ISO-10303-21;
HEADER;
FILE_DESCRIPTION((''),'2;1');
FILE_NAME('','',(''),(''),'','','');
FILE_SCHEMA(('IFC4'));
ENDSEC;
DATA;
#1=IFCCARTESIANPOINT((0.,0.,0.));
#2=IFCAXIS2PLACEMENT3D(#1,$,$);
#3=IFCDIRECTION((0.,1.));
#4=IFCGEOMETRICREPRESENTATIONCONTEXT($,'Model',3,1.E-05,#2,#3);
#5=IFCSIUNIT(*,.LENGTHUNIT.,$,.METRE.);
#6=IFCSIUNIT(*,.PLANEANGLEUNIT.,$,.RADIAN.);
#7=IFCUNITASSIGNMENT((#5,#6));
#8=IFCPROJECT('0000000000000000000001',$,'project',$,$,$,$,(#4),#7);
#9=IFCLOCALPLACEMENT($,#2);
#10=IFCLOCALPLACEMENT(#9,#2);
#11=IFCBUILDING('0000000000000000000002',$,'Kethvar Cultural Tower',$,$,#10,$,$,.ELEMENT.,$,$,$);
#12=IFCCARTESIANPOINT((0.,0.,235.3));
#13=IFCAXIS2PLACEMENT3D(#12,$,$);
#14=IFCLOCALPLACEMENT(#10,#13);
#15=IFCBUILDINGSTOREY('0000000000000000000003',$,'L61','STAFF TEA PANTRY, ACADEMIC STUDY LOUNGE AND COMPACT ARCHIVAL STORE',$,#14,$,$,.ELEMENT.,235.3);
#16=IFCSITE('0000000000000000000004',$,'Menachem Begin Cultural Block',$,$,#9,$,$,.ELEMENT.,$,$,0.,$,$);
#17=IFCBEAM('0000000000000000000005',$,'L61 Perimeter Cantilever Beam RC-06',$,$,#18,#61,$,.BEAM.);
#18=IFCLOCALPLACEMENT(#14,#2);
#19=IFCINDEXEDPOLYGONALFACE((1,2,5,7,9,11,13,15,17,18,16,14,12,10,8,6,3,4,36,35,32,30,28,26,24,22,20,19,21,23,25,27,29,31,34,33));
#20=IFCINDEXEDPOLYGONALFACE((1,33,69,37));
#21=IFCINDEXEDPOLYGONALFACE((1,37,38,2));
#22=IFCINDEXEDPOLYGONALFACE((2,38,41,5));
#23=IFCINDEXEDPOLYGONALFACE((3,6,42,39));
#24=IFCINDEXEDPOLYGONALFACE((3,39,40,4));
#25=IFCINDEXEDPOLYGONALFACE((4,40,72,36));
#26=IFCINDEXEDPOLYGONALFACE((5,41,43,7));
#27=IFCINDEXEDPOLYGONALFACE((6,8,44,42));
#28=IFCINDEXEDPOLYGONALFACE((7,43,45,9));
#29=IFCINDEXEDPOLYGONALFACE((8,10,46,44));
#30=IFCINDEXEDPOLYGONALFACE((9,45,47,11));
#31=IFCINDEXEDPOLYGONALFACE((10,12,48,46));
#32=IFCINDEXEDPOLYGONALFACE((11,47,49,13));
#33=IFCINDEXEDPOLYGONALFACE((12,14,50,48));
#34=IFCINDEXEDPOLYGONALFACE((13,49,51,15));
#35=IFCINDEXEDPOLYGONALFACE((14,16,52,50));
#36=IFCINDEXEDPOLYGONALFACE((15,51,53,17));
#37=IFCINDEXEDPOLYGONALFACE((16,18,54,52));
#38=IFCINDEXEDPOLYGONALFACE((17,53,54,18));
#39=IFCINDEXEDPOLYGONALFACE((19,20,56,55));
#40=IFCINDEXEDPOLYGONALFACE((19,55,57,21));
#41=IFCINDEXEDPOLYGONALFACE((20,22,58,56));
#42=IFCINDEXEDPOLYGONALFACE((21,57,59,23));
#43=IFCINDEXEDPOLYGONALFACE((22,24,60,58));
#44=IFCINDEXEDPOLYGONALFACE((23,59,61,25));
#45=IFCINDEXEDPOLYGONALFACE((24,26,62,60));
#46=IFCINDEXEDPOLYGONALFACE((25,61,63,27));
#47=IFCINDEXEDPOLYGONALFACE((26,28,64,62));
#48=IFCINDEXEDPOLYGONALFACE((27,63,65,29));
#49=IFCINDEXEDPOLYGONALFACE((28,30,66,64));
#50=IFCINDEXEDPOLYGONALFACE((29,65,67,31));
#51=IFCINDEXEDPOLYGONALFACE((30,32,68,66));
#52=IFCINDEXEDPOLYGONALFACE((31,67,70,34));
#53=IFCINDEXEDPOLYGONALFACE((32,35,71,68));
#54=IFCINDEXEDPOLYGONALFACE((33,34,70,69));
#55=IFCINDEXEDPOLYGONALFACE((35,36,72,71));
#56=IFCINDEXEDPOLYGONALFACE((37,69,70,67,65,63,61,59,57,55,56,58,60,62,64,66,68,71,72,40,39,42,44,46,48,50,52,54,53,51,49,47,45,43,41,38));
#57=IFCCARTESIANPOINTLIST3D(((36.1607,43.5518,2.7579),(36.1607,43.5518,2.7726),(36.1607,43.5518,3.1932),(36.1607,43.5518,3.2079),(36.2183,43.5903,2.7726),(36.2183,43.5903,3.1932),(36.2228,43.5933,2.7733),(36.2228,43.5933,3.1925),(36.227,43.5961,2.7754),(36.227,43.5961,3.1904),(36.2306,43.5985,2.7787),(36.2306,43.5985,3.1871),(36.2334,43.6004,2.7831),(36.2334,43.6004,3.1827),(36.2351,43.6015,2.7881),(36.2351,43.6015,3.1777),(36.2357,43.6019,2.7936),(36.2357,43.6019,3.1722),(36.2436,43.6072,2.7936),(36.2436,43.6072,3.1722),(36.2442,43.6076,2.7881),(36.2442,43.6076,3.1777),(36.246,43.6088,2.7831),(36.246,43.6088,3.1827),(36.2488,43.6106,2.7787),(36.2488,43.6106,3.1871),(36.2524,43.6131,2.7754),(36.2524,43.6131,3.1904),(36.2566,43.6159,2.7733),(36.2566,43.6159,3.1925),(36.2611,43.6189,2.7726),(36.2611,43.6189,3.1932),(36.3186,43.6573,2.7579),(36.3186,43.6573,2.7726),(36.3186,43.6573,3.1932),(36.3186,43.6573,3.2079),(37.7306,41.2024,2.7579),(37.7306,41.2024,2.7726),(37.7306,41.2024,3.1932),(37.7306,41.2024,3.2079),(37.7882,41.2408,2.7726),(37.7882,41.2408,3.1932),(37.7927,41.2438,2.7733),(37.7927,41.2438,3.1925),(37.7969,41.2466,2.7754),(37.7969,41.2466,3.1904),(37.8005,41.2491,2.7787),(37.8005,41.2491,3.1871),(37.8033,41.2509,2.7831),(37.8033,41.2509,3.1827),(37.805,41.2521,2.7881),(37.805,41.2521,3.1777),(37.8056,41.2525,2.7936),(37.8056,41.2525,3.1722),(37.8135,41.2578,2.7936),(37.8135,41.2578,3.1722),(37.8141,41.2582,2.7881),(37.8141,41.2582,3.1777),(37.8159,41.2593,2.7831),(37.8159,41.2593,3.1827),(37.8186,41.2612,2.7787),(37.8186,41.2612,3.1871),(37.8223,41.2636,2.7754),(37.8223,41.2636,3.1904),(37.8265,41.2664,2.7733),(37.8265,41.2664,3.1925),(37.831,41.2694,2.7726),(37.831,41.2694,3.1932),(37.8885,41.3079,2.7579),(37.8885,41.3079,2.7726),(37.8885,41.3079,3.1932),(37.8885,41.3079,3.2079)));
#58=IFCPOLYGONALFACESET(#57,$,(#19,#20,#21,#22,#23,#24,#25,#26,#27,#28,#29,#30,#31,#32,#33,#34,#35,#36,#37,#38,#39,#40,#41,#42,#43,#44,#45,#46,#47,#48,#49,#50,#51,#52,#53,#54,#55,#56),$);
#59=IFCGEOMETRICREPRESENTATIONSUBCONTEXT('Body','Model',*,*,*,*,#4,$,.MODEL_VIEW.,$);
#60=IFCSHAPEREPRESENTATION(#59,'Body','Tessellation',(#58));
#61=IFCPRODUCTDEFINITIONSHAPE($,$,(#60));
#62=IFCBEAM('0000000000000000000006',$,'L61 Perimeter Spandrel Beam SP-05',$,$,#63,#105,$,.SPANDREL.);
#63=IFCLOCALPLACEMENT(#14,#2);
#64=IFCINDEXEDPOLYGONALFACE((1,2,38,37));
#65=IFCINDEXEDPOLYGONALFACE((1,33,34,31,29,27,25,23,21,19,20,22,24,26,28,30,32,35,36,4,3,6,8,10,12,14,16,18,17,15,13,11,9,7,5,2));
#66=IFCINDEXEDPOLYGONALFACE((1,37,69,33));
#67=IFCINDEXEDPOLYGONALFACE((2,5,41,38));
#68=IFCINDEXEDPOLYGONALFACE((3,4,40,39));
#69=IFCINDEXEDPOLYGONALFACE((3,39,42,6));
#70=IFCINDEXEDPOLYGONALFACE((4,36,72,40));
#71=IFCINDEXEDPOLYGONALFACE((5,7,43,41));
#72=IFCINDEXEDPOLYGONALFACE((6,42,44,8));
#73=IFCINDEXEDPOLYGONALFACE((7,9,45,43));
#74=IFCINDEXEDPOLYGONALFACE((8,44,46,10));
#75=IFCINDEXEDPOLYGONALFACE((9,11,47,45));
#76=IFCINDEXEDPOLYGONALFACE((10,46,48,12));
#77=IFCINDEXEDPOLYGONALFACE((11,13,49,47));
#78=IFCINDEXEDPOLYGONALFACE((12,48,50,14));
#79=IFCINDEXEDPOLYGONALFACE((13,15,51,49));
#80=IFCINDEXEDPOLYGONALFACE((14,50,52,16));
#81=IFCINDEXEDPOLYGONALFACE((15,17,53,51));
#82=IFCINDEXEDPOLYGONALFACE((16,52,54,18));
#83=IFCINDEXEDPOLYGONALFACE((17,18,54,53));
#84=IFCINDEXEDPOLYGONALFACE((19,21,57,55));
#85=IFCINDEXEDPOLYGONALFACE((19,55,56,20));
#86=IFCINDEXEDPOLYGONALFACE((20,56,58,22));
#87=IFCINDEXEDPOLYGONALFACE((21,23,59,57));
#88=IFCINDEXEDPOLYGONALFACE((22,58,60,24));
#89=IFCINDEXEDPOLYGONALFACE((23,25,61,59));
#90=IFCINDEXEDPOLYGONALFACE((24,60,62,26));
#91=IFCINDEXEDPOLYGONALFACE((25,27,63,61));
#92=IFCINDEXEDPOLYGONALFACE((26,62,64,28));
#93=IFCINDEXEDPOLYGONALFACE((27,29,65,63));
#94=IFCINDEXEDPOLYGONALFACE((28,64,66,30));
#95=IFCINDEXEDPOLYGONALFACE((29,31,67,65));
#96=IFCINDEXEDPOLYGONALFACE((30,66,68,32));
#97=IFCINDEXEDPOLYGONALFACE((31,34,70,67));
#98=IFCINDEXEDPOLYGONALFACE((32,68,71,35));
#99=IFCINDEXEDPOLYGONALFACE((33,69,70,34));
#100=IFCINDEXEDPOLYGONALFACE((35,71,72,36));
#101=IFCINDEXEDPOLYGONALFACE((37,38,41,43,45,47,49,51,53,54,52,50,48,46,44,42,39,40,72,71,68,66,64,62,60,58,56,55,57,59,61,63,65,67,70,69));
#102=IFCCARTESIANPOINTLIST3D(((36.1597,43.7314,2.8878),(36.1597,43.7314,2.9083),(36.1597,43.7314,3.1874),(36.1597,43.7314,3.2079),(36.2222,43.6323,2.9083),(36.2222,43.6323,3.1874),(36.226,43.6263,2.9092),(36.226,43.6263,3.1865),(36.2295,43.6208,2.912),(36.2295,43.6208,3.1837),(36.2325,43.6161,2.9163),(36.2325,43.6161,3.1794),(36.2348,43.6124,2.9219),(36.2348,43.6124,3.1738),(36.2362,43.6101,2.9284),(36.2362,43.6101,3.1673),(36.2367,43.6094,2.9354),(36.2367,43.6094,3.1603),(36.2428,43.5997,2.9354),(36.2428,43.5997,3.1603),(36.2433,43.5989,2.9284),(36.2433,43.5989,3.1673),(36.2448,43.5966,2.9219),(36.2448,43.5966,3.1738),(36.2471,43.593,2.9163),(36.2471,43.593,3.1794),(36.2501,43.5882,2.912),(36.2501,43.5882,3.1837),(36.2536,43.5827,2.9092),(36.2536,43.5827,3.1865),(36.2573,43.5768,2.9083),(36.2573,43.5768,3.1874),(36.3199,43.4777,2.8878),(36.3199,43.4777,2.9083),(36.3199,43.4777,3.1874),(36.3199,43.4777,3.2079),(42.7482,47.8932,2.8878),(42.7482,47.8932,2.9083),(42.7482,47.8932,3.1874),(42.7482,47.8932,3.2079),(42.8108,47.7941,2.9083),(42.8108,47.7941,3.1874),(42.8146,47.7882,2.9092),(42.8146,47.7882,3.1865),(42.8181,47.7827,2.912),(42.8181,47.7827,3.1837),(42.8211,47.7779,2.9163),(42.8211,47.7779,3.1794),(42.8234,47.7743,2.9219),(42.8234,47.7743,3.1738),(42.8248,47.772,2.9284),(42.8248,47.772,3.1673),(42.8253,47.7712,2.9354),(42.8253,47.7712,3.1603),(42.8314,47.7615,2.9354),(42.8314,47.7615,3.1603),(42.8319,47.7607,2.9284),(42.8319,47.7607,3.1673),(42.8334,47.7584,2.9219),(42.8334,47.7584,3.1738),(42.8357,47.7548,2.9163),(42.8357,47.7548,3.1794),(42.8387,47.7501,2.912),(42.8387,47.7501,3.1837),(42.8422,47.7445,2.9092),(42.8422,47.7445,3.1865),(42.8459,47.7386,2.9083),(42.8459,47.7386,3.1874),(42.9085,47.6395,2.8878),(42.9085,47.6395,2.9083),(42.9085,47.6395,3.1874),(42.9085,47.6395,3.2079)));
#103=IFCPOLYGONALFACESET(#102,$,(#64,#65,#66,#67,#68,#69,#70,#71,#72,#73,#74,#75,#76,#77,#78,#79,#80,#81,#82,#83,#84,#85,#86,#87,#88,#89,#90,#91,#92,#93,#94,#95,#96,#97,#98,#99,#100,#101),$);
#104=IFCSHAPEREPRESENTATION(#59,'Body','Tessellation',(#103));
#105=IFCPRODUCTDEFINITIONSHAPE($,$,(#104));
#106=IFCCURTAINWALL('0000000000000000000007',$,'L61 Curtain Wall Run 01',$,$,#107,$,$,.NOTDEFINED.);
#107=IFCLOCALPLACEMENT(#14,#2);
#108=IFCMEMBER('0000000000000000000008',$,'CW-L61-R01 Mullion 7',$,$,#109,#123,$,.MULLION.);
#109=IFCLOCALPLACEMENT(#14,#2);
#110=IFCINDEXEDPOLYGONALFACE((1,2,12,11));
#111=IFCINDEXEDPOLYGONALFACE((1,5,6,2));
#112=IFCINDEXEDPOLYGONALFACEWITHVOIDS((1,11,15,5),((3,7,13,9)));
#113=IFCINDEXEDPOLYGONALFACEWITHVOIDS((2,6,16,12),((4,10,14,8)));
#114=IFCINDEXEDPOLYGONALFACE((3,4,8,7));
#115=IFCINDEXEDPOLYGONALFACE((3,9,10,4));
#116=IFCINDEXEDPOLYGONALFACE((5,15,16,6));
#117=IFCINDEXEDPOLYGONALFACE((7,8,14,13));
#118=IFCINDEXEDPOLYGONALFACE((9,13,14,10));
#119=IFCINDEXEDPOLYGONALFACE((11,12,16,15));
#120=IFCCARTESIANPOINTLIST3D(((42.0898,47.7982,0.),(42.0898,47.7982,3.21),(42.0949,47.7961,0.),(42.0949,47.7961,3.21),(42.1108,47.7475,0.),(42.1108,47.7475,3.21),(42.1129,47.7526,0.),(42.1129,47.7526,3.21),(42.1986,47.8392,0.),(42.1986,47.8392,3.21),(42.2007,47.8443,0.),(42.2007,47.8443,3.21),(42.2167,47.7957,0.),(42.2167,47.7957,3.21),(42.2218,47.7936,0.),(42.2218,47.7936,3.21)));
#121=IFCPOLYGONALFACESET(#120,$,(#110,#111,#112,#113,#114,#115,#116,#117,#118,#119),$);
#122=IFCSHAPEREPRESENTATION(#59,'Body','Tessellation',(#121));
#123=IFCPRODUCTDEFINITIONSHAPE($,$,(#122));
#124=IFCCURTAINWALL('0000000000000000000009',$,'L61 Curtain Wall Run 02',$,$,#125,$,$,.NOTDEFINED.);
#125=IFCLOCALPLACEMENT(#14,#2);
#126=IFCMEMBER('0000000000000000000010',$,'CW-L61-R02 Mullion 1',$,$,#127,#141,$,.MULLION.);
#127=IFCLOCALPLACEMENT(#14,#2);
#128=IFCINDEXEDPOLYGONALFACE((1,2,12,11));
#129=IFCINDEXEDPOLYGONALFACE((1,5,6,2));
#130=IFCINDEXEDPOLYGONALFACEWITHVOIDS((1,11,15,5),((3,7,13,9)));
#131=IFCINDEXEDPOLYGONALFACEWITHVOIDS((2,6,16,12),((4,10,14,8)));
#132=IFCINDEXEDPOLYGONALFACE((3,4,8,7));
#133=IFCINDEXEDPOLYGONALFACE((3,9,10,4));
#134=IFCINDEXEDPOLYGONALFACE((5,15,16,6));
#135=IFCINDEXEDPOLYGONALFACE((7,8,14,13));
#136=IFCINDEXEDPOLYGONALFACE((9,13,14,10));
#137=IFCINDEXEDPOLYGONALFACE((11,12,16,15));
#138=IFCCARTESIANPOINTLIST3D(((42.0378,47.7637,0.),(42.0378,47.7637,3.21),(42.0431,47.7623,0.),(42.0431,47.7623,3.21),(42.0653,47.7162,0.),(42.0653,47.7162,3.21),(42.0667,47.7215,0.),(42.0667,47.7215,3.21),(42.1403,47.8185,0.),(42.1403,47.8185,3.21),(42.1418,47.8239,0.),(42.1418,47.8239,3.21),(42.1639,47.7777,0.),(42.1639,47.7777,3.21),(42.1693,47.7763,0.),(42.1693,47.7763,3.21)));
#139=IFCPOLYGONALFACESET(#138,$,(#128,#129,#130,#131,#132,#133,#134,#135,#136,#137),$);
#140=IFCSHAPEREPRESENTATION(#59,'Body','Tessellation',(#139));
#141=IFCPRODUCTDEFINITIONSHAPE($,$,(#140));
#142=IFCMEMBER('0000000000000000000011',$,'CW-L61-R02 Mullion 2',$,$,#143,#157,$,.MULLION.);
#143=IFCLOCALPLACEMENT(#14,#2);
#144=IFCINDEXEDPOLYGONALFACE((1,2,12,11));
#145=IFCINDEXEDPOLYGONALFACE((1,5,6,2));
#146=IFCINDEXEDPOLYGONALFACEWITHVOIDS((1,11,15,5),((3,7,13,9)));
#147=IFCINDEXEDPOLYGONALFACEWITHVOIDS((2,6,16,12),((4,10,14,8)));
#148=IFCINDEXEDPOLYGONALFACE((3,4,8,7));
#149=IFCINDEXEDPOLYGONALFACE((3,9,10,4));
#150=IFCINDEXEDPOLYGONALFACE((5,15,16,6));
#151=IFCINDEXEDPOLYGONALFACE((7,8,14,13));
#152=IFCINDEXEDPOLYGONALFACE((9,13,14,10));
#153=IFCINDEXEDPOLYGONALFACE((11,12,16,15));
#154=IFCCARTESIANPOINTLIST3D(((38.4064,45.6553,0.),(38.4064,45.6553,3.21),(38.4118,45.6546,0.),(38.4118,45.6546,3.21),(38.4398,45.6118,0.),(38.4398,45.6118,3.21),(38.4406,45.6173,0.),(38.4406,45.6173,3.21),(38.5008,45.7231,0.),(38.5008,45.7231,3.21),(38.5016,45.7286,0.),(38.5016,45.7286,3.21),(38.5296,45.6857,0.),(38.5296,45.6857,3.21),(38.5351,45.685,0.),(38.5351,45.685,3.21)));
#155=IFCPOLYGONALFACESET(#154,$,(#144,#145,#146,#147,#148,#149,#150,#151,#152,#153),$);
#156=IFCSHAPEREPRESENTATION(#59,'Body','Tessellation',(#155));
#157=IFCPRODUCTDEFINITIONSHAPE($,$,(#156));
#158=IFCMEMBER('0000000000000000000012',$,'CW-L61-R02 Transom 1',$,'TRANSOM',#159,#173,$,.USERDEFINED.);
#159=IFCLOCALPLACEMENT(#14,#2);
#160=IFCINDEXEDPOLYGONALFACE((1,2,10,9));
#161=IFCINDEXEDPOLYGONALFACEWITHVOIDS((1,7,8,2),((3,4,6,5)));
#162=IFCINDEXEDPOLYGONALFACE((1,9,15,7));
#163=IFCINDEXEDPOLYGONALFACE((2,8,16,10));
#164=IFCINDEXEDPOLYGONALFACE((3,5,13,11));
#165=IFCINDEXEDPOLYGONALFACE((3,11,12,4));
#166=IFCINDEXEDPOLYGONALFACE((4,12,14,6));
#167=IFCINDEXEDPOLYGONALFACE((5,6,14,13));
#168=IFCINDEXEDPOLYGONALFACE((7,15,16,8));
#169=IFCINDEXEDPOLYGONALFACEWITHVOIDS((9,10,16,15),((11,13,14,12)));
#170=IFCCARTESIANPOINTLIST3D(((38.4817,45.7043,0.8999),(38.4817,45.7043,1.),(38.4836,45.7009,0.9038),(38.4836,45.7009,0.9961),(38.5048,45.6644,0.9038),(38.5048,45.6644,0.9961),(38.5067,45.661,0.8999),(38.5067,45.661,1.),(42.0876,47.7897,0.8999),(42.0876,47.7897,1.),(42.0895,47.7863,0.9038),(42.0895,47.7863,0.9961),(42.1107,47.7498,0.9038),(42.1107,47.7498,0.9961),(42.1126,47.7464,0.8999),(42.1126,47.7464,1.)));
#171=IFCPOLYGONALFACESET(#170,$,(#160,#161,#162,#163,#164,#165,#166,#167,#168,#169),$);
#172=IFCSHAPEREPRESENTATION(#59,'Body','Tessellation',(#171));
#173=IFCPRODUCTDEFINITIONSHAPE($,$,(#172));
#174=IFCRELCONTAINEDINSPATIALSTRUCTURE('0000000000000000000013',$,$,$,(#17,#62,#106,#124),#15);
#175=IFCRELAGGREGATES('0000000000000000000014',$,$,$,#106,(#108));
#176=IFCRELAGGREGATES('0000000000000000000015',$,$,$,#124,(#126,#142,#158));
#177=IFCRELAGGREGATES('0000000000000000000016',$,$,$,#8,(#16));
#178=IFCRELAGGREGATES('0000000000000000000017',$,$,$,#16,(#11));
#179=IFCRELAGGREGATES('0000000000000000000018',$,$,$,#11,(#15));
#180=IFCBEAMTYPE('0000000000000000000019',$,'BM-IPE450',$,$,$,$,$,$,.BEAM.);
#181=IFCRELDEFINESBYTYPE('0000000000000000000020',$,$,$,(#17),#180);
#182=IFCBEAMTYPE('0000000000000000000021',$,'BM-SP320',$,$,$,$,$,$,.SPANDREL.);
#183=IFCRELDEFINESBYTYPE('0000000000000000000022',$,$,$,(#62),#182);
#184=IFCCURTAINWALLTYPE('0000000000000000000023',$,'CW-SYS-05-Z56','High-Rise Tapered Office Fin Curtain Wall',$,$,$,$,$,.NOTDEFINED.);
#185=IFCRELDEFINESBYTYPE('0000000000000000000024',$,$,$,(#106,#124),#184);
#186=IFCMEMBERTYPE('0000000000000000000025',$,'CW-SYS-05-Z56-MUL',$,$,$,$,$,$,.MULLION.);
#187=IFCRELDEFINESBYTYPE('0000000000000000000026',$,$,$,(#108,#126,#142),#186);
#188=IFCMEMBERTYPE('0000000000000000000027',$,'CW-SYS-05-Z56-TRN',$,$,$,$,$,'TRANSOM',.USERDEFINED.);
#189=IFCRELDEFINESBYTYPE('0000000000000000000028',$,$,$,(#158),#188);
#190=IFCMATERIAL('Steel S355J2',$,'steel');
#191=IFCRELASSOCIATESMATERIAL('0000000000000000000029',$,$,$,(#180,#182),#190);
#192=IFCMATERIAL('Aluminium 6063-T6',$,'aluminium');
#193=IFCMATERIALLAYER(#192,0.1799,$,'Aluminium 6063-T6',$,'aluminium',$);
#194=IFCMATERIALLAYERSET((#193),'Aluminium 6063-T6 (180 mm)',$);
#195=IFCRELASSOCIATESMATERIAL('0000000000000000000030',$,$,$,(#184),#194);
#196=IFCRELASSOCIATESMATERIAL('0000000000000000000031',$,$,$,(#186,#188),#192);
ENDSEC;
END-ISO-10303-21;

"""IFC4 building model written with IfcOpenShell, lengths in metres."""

from ifc_helpers import new_model, si_unit, direction, frame, origin, origin_2d, place, context, subcontext, project, spatial, hollow_rectangle, i_section, extrude, source, transform, mapped, material, layer, layer_set, material_profile, profile_set, type_object, element, aggregate, save


model = new_model("IFC4")

# Units and contexts
model_context = context("Model", 3, precision=1e-05, world=origin(), true_north=direction((0.0, 1.0)))
body_context = subcontext(model_context, "Body", "Model", "MODEL_VIEW")
ifc_project = project(units=[si_unit("LENGTHUNIT", "METRE"), si_unit("PLANEANGLEUNIT", "RADIAN")], contexts=[model_context])

# Site, building, storey
site_placement = place(None, origin())
site = spatial("IfcSite", under=ifc_project, at=site_placement, Name="Menachem Begin Cultural Block", CompositionType="ELEMENT", RefElevation=0.0)
building_placement = place(site_placement, origin())
building = spatial("IfcBuilding", under=site, at=building_placement, Name="Kethvar Cultural Tower", CompositionType="ELEMENT")
storey_placement = place(building_placement, frame((0.0, 0.0, 235.3)))
storey = spatial("IfcBuildingStorey", under=building, at=storey_placement, Name="L61", Description="STAFF TEA PANTRY, ACADEMIC STUDY LOUNGE AND COMPACT ARCHIVAL STORE", CompositionType="ELEMENT", Elevation=235.3)

# Beams
ifc_material_1 = material(Name="Steel S355J2", Category="steel")
ifc_material_profile_1 = material_profile(ifc_material_1, i_section(OverallWidth=0.1899, OverallDepth=0.45, WebThickness=0.0095, FlangeThickness=0.0146, FilletRadius=0.021, at=origin_2d()), Name="Steel S355J2 — IPE450")
ifc_profile_set_1 = profile_set([ifc_material_profile_1], Name="Steel S355J2 — IPE450")
beam_type_1 = type_object("IfcBeamType", Name="BM-IPE450", PredefinedType="BEAM", material=ifc_profile_set_1)
shared_shape_1 = source(origin(), body_context, "Body", "SweptSolid", [
    extrude(i_section(OverallWidth=0.1899, OverallDepth=0.45, WebThickness=0.0095, FlangeThickness=0.0146, FilletRadius=0.021, at=origin_2d()), origin(), (0.0, 0.0, 1.0), 2.8257),
])
beam_1_placement = place(storey_placement, frame((37.8096, 41.2551, 2.9829), z_axis=(-0.555577, 0.831465, 0.0), x_axis=(-0.831465, -0.555577, 0.0)))
element("IfcBeam", 1, at=beam_1_placement, inside=storey, type_object=beam_type_1, Name="L61 Perimeter Cantilever Beam RC-06", PredefinedType="BEAM", context=body_context, shape_type="MappedRepresentation", body=[
    mapped(shared_shape_1, transform((0.0, 0.0, 0.0), scale=1.0)),
])
ifc_material_profile_2 = material_profile(ifc_material_1, i_section(OverallWidth=0.3, OverallDepth=0.3201, WebThickness=0.0115, FlangeThickness=0.0205, FilletRadius=0.0271, at=origin_2d()), Name="Steel S355J2 — HEB320")
ifc_profile_set_2 = profile_set([ifc_material_profile_2], Name="Steel S355J2 — HEB320")
beam_type_2 = type_object("IfcBeamType", Name="BM-SP320", PredefinedType="SPANDREL", material=ifc_profile_set_2)
shared_shape_2 = source(origin(), body_context, "Body", "SweptSolid", [
    extrude(i_section(OverallWidth=0.3, OverallDepth=0.3201, WebThickness=0.0115, FlangeThickness=0.0205, FilletRadius=0.0271, at=origin_2d()), origin(), (0.0, 0.0, 1.0), 7.793),
])
beam_2_placement = place(storey_placement, frame((42.8284, 47.7664, 3.0479), z_axis=(-0.845452, -0.534051, 0.0), x_axis=(0.534051, -0.845452, 0.0)))
element("IfcBeam", 2, at=beam_2_placement, inside=storey, type_object=beam_type_2, Name="L61 Perimeter Spandrel Beam SP-05", PredefinedType="SPANDREL", context=body_context, shape_type="MappedRepresentation", body=[
    mapped(shared_shape_2, transform((0.0, 0.0, 0.0), scale=1.0)),
])

# Curtain wall, member
ifc_material_2 = material(Name="Aluminium 6063-T6", Category="aluminium")
ifc_layer_1 = layer(ifc_material_2, 0.1799, Name="Aluminium 6063-T6", Category="aluminium")
ifc_layer_set_1 = layer_set([ifc_layer_1], Name="Aluminium 6063-T6 (180 mm)")
curtain_wall_type = type_object("IfcCurtainWallType", Name="CW-SYS-05-Z56", Description="High-Rise Tapered Office Fin Curtain Wall", PredefinedType="NOTDEFINED", material=ifc_layer_set_1)
curtain_wall_1_placement = place(storey_placement, origin())
curtain_wall_1 = element("IfcCurtainWall", 3, at=curtain_wall_1_placement, inside=storey, type_object=curtain_wall_type, Name="L61 Curtain Wall Run 01", PredefinedType="NOTDEFINED")
ifc_material_profile_3 = material_profile(ifc_material_2, hollow_rectangle(XDim=0.0549, YDim=0.1201, WallThickness=0.0039, at=origin_2d()), Name="Aluminium 6063-T6 — RHS120x55x4")
ifc_profile_set_3 = profile_set([ifc_material_profile_3], Name="Aluminium 6063-T6 — RHS120x55x4")
member_type_1 = type_object("IfcMemberType", Name="CW-SYS-05-Z56-MUL", PredefinedType="MULLION", material=ifc_profile_set_3)
shared_shape_3 = source(origin(), body_context, "Body", "SweptSolid", [
    extrude(hollow_rectangle(XDim=0.0549, YDim=0.1201, WallThickness=0.0039, at=origin_2d()), origin(), (0.0, 0.0, 1.0), 3.21),
])
member_1_placement = place(storey_placement, frame((42.1558, 47.7959, 0.0), z_axis=(0.0, 0.0, 1.0), x_axis=(0.383618, -0.923492, 0.0)))
member_1 = element("IfcMember", 4, at=member_1_placement, type_object=member_type_1, Name="CW-L61-R01 Mullion 7", PredefinedType="MULLION", context=body_context, shape_type="MappedRepresentation", body=[
    mapped(shared_shape_3, transform((0.0, 0.0, 0.0), scale=1.0)),
])

# Curtain wall, members
curtain_wall_2_placement = place(storey_placement, origin())
curtain_wall_2 = element("IfcCurtainWall", 5, at=curtain_wall_2_placement, inside=storey, type_object=curtain_wall_type, Name="L61 Curtain Wall Run 02", PredefinedType="NOTDEFINED")
member_2_placement = place(storey_placement, frame((42.1035, 47.77, 0.0), z_axis=(0.0, 0.0, 1.0), x_axis=(0.500635, -0.865659, 0.0)))
member_2 = element("IfcMember", 6, at=member_2_placement, type_object=member_type_1, Name="CW-L61-R02 Mullion 1", PredefinedType="MULLION", context=body_context, shape_type="MappedRepresentation", body=[
    mapped(shared_shape_3, transform((0.0, 0.0, 0.0), scale=1.0)),
])
member_3_placement = place(storey_placement, frame((38.4707, 45.6702, 0.0), z_axis=(0.0, 0.0, 1.0), x_axis=(0.60973, -0.792609, 0.0)))
member_3 = element("IfcMember", 7, at=member_3_placement, type_object=member_type_1, Name="CW-L61-R02 Mullion 2", PredefinedType="MULLION", context=body_context, shape_type="MappedRepresentation", body=[
    mapped(shared_shape_3, transform((0.0, 0.0, 0.0), scale=1.0)),
])
ifc_material_profile_4 = material_profile(ifc_material_2, hollow_rectangle(XDim=0.05, YDim=0.1001, WallThickness=0.0039, at=origin_2d()), Name="Aluminium 6063-T6 — RHS100x50x4")
ifc_profile_set_4 = profile_set([ifc_material_profile_4], Name="Aluminium 6063-T6 — RHS100x50x4")
member_type_2 = type_object("IfcMemberType", Name="CW-SYS-05-Z56-TRN", ElementType="TRANSOM", PredefinedType="USERDEFINED", material=ifc_profile_set_4)
shared_shape_4 = source(origin(), body_context, "Body", "SweptSolid", [
    extrude(hollow_rectangle(XDim=0.05, YDim=0.1001, WallThickness=0.0039, at=origin_2d()), origin(), (0.0, 0.0, 1.0), 4.1655),
])
member_4_placement = place(storey_placement, frame((42.1001, 47.7681, 0.95), z_axis=(-0.865656, -0.500639, 0.0), x_axis=(0.500639, -0.865656, 0.0)))
member_4 = element("IfcMember", 8, at=member_4_placement, type_object=member_type_2, Name="CW-L61-R02 Transom 1", ObjectType="TRANSOM", PredefinedType="USERDEFINED", context=body_context, shape_type="MappedRepresentation", body=[
    mapped(shared_shape_4, transform((0.0, 0.0, 0.0), scale=1.0)),
])

aggregate(curtain_wall_1, [member_1])
aggregate(curtain_wall_2, [member_2, member_3, member_4])

save(model, "model.ifc")
